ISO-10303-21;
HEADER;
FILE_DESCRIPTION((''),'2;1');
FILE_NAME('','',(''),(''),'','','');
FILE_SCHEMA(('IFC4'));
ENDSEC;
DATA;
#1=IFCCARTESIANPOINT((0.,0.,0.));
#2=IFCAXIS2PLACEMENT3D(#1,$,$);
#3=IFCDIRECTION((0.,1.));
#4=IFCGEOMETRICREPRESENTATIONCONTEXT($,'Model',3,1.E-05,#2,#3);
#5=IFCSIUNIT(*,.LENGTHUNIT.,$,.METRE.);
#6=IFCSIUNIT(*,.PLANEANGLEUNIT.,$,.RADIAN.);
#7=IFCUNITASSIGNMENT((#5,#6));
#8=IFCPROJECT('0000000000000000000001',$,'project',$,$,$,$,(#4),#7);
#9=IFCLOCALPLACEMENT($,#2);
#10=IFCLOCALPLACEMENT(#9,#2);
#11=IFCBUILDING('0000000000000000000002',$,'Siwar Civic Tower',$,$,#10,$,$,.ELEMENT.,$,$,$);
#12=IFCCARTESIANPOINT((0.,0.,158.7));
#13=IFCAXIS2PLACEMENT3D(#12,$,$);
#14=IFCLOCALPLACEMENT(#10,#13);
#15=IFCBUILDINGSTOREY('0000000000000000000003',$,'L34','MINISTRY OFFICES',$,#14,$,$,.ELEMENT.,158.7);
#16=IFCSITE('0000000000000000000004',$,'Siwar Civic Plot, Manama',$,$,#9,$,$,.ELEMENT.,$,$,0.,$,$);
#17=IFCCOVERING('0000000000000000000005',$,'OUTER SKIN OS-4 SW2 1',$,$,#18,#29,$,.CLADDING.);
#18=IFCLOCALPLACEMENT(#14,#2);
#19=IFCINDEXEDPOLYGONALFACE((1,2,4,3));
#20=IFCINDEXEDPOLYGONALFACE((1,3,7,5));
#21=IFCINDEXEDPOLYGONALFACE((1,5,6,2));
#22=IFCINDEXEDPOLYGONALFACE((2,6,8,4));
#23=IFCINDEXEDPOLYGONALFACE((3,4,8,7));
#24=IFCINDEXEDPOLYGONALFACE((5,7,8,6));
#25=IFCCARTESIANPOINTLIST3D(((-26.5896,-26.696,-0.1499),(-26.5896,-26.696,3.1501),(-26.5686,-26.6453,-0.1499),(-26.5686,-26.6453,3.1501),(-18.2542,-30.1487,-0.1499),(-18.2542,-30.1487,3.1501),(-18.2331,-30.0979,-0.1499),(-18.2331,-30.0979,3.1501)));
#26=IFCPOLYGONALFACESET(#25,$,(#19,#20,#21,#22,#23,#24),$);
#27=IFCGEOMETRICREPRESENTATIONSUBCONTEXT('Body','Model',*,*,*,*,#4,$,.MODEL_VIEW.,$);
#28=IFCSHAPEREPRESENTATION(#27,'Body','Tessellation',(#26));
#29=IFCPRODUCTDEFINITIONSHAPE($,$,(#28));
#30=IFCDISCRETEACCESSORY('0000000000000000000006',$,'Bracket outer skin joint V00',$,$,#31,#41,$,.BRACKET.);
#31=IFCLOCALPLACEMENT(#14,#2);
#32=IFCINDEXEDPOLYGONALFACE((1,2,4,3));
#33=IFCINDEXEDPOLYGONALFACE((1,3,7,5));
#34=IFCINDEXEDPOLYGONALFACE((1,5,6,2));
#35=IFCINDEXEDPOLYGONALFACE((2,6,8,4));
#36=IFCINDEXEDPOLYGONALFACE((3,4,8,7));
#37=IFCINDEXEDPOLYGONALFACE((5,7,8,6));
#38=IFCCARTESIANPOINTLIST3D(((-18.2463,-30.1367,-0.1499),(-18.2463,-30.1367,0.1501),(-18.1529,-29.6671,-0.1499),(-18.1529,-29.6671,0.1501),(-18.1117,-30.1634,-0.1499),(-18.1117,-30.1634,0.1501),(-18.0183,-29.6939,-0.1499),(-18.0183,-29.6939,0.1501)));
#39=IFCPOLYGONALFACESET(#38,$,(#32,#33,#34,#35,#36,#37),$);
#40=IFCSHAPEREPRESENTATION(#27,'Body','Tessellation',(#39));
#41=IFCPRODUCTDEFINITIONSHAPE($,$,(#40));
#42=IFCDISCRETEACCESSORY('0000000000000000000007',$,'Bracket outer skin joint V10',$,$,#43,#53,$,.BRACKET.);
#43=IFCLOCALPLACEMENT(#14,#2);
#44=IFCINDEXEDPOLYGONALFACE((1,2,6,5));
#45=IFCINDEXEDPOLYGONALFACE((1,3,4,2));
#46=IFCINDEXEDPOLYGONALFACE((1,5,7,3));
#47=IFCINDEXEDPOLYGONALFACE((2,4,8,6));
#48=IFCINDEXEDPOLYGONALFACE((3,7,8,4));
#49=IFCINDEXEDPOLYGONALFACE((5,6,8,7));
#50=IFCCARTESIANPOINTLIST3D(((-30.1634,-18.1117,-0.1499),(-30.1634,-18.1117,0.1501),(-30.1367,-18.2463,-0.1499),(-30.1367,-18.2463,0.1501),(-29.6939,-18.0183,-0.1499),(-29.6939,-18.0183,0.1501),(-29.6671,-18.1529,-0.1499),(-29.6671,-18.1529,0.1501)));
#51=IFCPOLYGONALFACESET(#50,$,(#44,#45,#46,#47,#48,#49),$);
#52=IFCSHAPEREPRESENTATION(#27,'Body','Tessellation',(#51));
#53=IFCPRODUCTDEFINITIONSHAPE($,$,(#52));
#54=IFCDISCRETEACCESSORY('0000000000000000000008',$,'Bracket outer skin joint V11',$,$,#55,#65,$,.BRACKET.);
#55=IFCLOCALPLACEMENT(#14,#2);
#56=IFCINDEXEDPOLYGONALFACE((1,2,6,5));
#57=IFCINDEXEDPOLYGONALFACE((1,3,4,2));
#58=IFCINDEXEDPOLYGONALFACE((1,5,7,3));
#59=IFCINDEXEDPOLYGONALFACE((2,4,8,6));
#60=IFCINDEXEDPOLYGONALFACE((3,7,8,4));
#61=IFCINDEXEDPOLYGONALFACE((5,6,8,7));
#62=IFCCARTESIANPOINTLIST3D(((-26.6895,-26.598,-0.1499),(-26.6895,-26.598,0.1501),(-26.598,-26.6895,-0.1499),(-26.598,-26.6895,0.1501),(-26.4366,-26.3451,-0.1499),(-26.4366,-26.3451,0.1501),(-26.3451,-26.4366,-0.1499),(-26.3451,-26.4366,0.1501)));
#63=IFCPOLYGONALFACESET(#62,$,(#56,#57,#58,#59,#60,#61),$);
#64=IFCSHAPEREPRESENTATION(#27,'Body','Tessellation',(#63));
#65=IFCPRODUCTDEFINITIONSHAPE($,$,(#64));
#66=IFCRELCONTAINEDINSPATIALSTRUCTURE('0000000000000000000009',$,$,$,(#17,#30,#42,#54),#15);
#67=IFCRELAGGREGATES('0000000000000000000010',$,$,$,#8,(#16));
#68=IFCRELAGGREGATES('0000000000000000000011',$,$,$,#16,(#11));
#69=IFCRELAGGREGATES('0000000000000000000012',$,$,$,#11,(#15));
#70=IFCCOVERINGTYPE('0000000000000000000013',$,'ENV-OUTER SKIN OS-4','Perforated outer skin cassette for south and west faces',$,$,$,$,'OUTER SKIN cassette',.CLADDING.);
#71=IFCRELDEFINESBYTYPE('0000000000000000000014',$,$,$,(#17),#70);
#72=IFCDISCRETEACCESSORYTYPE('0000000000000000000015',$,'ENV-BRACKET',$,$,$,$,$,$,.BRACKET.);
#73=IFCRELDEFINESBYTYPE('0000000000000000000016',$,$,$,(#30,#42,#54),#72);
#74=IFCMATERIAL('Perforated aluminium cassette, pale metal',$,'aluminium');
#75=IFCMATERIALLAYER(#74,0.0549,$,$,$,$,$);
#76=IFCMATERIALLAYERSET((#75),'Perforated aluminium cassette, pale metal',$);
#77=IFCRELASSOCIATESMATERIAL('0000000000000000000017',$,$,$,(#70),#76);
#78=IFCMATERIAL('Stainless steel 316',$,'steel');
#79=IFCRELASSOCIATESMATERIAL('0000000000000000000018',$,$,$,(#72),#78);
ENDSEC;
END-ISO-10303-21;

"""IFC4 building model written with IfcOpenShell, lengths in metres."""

from ifc_helpers import new_model, si_unit, direction, frame, origin, origin_2d, place, context, subcontext, project, spatial, rectangle, extrude, material, layer, layer_set, type_object, element, save


model = new_model("IFC4")

# Units and contexts
model_context = context("Model", 3, precision=1e-05, world=origin(), true_north=direction((0.0, 1.0)))
body_context = subcontext(model_context, "Body", "Model", "MODEL_VIEW")
ifc_project = project(units=[si_unit("LENGTHUNIT", "METRE"), si_unit("PLANEANGLEUNIT", "RADIAN")], contexts=[model_context])

# Site, building, storey
site_placement = place(None, origin())
site = spatial("IfcSite", under=ifc_project, at=site_placement, Name="Siwar Civic Plot, Manama", CompositionType="ELEMENT", RefElevation=0.0)
building_placement = place(site_placement, origin())
building = spatial("IfcBuilding", under=site, at=building_placement, Name="Siwar Civic Tower", CompositionType="ELEMENT")
storey_placement = place(building_placement, frame((0.0, 0.0, 158.7)))
storey = spatial("IfcBuildingStorey", under=building, at=storey_placement, Name="L34", Description="MINISTRY OFFICES", CompositionType="ELEMENT", Elevation=158.7)

# Covering
ifc_material_1 = material(Name="Perforated aluminium cassette, pale metal", Category="aluminium")
ifc_layer_1 = layer(ifc_material_1, 0.0549)
ifc_layer_set_1 = layer_set([ifc_layer_1], Name="Perforated aluminium cassette, pale metal")
covering_type = type_object("IfcCoveringType", Name="ENV-OUTER SKIN OS-4", Description="Perforated outer skin cassette for south and west faces", ElementType="OUTER SKIN cassette", PredefinedType="CLADDING", material=ifc_layer_set_1)
for number, where, z_axis, x_axis, name in (
    (1, (-22.4114, -28.397, -0.1499), (0.0, 0.0, 1.0), (0.92388, -0.382683, 0.0), "OUTER SKIN OS-4 SW2 1"),
):
    element("IfcCovering", number, at=place(storey_placement, frame(where, z_axis=z_axis, x_axis=x_axis)), inside=storey, type_object=covering_type, Name=name, PredefinedType="CLADDING", context=body_context, shape_type="SweptSolid", body=[
        extrude(rectangle(XDim=9.0222, YDim=0.0549, at=origin_2d()), origin(), (0.0, 0.0, 1.0), 3.3),
    ])

# Discrete accessories
ifc_material_2 = material(Name="Stainless steel 316", Category="steel")
discrete_accessory_type = type_object("IfcDiscreteAccessoryType", Name="ENV-BRACKET", PredefinedType="BRACKET", material=ifc_material_2)
for number, where, z_axis, x_axis, name in (
    (2, (-18.1323, -29.9153, -0.1499), (0.0, 0.0, 1.0), (-0.19509, -0.980785, 0.0), "Bracket outer skin joint V00"),
    (3, (-29.9153, -18.1323, -0.1499), (0.0, 0.0, 1.0), (-0.980785, -0.19509, 0.0), "Bracket outer skin joint V10"),
):
    element("IfcDiscreteAccessory", number, at=place(storey_placement, frame(where, z_axis=z_axis, x_axis=x_axis)), inside=storey, type_object=discrete_accessory_type, Name=name, PredefinedType="BRACKET", context=body_context, shape_type="SweptSolid", body=[
        extrude(rectangle(XDim=0.4788, YDim=0.1372, at=origin_2d()), origin(), (0.0, 0.0, 1.0), 0.3),
    ])
discrete_accessory_placement = place(storey_placement, frame((-26.5173, -26.5173, -0.1499), z_axis=(0.0, 0.0, 1.0), x_axis=(-0.707107, -0.707107, 0.0)))
element("IfcDiscreteAccessory", 4, at=discrete_accessory_placement, inside=storey, type_object=discrete_accessory_type, Name="Bracket outer skin joint V11", PredefinedType="BRACKET", context=body_context, shape_type="SweptSolid", body=[
    extrude(rectangle(XDim=0.3577, YDim=0.1294, at=origin_2d()), origin(), (0.0, 0.0, 1.0), 0.3),
])

save(model, "model.ifc")
